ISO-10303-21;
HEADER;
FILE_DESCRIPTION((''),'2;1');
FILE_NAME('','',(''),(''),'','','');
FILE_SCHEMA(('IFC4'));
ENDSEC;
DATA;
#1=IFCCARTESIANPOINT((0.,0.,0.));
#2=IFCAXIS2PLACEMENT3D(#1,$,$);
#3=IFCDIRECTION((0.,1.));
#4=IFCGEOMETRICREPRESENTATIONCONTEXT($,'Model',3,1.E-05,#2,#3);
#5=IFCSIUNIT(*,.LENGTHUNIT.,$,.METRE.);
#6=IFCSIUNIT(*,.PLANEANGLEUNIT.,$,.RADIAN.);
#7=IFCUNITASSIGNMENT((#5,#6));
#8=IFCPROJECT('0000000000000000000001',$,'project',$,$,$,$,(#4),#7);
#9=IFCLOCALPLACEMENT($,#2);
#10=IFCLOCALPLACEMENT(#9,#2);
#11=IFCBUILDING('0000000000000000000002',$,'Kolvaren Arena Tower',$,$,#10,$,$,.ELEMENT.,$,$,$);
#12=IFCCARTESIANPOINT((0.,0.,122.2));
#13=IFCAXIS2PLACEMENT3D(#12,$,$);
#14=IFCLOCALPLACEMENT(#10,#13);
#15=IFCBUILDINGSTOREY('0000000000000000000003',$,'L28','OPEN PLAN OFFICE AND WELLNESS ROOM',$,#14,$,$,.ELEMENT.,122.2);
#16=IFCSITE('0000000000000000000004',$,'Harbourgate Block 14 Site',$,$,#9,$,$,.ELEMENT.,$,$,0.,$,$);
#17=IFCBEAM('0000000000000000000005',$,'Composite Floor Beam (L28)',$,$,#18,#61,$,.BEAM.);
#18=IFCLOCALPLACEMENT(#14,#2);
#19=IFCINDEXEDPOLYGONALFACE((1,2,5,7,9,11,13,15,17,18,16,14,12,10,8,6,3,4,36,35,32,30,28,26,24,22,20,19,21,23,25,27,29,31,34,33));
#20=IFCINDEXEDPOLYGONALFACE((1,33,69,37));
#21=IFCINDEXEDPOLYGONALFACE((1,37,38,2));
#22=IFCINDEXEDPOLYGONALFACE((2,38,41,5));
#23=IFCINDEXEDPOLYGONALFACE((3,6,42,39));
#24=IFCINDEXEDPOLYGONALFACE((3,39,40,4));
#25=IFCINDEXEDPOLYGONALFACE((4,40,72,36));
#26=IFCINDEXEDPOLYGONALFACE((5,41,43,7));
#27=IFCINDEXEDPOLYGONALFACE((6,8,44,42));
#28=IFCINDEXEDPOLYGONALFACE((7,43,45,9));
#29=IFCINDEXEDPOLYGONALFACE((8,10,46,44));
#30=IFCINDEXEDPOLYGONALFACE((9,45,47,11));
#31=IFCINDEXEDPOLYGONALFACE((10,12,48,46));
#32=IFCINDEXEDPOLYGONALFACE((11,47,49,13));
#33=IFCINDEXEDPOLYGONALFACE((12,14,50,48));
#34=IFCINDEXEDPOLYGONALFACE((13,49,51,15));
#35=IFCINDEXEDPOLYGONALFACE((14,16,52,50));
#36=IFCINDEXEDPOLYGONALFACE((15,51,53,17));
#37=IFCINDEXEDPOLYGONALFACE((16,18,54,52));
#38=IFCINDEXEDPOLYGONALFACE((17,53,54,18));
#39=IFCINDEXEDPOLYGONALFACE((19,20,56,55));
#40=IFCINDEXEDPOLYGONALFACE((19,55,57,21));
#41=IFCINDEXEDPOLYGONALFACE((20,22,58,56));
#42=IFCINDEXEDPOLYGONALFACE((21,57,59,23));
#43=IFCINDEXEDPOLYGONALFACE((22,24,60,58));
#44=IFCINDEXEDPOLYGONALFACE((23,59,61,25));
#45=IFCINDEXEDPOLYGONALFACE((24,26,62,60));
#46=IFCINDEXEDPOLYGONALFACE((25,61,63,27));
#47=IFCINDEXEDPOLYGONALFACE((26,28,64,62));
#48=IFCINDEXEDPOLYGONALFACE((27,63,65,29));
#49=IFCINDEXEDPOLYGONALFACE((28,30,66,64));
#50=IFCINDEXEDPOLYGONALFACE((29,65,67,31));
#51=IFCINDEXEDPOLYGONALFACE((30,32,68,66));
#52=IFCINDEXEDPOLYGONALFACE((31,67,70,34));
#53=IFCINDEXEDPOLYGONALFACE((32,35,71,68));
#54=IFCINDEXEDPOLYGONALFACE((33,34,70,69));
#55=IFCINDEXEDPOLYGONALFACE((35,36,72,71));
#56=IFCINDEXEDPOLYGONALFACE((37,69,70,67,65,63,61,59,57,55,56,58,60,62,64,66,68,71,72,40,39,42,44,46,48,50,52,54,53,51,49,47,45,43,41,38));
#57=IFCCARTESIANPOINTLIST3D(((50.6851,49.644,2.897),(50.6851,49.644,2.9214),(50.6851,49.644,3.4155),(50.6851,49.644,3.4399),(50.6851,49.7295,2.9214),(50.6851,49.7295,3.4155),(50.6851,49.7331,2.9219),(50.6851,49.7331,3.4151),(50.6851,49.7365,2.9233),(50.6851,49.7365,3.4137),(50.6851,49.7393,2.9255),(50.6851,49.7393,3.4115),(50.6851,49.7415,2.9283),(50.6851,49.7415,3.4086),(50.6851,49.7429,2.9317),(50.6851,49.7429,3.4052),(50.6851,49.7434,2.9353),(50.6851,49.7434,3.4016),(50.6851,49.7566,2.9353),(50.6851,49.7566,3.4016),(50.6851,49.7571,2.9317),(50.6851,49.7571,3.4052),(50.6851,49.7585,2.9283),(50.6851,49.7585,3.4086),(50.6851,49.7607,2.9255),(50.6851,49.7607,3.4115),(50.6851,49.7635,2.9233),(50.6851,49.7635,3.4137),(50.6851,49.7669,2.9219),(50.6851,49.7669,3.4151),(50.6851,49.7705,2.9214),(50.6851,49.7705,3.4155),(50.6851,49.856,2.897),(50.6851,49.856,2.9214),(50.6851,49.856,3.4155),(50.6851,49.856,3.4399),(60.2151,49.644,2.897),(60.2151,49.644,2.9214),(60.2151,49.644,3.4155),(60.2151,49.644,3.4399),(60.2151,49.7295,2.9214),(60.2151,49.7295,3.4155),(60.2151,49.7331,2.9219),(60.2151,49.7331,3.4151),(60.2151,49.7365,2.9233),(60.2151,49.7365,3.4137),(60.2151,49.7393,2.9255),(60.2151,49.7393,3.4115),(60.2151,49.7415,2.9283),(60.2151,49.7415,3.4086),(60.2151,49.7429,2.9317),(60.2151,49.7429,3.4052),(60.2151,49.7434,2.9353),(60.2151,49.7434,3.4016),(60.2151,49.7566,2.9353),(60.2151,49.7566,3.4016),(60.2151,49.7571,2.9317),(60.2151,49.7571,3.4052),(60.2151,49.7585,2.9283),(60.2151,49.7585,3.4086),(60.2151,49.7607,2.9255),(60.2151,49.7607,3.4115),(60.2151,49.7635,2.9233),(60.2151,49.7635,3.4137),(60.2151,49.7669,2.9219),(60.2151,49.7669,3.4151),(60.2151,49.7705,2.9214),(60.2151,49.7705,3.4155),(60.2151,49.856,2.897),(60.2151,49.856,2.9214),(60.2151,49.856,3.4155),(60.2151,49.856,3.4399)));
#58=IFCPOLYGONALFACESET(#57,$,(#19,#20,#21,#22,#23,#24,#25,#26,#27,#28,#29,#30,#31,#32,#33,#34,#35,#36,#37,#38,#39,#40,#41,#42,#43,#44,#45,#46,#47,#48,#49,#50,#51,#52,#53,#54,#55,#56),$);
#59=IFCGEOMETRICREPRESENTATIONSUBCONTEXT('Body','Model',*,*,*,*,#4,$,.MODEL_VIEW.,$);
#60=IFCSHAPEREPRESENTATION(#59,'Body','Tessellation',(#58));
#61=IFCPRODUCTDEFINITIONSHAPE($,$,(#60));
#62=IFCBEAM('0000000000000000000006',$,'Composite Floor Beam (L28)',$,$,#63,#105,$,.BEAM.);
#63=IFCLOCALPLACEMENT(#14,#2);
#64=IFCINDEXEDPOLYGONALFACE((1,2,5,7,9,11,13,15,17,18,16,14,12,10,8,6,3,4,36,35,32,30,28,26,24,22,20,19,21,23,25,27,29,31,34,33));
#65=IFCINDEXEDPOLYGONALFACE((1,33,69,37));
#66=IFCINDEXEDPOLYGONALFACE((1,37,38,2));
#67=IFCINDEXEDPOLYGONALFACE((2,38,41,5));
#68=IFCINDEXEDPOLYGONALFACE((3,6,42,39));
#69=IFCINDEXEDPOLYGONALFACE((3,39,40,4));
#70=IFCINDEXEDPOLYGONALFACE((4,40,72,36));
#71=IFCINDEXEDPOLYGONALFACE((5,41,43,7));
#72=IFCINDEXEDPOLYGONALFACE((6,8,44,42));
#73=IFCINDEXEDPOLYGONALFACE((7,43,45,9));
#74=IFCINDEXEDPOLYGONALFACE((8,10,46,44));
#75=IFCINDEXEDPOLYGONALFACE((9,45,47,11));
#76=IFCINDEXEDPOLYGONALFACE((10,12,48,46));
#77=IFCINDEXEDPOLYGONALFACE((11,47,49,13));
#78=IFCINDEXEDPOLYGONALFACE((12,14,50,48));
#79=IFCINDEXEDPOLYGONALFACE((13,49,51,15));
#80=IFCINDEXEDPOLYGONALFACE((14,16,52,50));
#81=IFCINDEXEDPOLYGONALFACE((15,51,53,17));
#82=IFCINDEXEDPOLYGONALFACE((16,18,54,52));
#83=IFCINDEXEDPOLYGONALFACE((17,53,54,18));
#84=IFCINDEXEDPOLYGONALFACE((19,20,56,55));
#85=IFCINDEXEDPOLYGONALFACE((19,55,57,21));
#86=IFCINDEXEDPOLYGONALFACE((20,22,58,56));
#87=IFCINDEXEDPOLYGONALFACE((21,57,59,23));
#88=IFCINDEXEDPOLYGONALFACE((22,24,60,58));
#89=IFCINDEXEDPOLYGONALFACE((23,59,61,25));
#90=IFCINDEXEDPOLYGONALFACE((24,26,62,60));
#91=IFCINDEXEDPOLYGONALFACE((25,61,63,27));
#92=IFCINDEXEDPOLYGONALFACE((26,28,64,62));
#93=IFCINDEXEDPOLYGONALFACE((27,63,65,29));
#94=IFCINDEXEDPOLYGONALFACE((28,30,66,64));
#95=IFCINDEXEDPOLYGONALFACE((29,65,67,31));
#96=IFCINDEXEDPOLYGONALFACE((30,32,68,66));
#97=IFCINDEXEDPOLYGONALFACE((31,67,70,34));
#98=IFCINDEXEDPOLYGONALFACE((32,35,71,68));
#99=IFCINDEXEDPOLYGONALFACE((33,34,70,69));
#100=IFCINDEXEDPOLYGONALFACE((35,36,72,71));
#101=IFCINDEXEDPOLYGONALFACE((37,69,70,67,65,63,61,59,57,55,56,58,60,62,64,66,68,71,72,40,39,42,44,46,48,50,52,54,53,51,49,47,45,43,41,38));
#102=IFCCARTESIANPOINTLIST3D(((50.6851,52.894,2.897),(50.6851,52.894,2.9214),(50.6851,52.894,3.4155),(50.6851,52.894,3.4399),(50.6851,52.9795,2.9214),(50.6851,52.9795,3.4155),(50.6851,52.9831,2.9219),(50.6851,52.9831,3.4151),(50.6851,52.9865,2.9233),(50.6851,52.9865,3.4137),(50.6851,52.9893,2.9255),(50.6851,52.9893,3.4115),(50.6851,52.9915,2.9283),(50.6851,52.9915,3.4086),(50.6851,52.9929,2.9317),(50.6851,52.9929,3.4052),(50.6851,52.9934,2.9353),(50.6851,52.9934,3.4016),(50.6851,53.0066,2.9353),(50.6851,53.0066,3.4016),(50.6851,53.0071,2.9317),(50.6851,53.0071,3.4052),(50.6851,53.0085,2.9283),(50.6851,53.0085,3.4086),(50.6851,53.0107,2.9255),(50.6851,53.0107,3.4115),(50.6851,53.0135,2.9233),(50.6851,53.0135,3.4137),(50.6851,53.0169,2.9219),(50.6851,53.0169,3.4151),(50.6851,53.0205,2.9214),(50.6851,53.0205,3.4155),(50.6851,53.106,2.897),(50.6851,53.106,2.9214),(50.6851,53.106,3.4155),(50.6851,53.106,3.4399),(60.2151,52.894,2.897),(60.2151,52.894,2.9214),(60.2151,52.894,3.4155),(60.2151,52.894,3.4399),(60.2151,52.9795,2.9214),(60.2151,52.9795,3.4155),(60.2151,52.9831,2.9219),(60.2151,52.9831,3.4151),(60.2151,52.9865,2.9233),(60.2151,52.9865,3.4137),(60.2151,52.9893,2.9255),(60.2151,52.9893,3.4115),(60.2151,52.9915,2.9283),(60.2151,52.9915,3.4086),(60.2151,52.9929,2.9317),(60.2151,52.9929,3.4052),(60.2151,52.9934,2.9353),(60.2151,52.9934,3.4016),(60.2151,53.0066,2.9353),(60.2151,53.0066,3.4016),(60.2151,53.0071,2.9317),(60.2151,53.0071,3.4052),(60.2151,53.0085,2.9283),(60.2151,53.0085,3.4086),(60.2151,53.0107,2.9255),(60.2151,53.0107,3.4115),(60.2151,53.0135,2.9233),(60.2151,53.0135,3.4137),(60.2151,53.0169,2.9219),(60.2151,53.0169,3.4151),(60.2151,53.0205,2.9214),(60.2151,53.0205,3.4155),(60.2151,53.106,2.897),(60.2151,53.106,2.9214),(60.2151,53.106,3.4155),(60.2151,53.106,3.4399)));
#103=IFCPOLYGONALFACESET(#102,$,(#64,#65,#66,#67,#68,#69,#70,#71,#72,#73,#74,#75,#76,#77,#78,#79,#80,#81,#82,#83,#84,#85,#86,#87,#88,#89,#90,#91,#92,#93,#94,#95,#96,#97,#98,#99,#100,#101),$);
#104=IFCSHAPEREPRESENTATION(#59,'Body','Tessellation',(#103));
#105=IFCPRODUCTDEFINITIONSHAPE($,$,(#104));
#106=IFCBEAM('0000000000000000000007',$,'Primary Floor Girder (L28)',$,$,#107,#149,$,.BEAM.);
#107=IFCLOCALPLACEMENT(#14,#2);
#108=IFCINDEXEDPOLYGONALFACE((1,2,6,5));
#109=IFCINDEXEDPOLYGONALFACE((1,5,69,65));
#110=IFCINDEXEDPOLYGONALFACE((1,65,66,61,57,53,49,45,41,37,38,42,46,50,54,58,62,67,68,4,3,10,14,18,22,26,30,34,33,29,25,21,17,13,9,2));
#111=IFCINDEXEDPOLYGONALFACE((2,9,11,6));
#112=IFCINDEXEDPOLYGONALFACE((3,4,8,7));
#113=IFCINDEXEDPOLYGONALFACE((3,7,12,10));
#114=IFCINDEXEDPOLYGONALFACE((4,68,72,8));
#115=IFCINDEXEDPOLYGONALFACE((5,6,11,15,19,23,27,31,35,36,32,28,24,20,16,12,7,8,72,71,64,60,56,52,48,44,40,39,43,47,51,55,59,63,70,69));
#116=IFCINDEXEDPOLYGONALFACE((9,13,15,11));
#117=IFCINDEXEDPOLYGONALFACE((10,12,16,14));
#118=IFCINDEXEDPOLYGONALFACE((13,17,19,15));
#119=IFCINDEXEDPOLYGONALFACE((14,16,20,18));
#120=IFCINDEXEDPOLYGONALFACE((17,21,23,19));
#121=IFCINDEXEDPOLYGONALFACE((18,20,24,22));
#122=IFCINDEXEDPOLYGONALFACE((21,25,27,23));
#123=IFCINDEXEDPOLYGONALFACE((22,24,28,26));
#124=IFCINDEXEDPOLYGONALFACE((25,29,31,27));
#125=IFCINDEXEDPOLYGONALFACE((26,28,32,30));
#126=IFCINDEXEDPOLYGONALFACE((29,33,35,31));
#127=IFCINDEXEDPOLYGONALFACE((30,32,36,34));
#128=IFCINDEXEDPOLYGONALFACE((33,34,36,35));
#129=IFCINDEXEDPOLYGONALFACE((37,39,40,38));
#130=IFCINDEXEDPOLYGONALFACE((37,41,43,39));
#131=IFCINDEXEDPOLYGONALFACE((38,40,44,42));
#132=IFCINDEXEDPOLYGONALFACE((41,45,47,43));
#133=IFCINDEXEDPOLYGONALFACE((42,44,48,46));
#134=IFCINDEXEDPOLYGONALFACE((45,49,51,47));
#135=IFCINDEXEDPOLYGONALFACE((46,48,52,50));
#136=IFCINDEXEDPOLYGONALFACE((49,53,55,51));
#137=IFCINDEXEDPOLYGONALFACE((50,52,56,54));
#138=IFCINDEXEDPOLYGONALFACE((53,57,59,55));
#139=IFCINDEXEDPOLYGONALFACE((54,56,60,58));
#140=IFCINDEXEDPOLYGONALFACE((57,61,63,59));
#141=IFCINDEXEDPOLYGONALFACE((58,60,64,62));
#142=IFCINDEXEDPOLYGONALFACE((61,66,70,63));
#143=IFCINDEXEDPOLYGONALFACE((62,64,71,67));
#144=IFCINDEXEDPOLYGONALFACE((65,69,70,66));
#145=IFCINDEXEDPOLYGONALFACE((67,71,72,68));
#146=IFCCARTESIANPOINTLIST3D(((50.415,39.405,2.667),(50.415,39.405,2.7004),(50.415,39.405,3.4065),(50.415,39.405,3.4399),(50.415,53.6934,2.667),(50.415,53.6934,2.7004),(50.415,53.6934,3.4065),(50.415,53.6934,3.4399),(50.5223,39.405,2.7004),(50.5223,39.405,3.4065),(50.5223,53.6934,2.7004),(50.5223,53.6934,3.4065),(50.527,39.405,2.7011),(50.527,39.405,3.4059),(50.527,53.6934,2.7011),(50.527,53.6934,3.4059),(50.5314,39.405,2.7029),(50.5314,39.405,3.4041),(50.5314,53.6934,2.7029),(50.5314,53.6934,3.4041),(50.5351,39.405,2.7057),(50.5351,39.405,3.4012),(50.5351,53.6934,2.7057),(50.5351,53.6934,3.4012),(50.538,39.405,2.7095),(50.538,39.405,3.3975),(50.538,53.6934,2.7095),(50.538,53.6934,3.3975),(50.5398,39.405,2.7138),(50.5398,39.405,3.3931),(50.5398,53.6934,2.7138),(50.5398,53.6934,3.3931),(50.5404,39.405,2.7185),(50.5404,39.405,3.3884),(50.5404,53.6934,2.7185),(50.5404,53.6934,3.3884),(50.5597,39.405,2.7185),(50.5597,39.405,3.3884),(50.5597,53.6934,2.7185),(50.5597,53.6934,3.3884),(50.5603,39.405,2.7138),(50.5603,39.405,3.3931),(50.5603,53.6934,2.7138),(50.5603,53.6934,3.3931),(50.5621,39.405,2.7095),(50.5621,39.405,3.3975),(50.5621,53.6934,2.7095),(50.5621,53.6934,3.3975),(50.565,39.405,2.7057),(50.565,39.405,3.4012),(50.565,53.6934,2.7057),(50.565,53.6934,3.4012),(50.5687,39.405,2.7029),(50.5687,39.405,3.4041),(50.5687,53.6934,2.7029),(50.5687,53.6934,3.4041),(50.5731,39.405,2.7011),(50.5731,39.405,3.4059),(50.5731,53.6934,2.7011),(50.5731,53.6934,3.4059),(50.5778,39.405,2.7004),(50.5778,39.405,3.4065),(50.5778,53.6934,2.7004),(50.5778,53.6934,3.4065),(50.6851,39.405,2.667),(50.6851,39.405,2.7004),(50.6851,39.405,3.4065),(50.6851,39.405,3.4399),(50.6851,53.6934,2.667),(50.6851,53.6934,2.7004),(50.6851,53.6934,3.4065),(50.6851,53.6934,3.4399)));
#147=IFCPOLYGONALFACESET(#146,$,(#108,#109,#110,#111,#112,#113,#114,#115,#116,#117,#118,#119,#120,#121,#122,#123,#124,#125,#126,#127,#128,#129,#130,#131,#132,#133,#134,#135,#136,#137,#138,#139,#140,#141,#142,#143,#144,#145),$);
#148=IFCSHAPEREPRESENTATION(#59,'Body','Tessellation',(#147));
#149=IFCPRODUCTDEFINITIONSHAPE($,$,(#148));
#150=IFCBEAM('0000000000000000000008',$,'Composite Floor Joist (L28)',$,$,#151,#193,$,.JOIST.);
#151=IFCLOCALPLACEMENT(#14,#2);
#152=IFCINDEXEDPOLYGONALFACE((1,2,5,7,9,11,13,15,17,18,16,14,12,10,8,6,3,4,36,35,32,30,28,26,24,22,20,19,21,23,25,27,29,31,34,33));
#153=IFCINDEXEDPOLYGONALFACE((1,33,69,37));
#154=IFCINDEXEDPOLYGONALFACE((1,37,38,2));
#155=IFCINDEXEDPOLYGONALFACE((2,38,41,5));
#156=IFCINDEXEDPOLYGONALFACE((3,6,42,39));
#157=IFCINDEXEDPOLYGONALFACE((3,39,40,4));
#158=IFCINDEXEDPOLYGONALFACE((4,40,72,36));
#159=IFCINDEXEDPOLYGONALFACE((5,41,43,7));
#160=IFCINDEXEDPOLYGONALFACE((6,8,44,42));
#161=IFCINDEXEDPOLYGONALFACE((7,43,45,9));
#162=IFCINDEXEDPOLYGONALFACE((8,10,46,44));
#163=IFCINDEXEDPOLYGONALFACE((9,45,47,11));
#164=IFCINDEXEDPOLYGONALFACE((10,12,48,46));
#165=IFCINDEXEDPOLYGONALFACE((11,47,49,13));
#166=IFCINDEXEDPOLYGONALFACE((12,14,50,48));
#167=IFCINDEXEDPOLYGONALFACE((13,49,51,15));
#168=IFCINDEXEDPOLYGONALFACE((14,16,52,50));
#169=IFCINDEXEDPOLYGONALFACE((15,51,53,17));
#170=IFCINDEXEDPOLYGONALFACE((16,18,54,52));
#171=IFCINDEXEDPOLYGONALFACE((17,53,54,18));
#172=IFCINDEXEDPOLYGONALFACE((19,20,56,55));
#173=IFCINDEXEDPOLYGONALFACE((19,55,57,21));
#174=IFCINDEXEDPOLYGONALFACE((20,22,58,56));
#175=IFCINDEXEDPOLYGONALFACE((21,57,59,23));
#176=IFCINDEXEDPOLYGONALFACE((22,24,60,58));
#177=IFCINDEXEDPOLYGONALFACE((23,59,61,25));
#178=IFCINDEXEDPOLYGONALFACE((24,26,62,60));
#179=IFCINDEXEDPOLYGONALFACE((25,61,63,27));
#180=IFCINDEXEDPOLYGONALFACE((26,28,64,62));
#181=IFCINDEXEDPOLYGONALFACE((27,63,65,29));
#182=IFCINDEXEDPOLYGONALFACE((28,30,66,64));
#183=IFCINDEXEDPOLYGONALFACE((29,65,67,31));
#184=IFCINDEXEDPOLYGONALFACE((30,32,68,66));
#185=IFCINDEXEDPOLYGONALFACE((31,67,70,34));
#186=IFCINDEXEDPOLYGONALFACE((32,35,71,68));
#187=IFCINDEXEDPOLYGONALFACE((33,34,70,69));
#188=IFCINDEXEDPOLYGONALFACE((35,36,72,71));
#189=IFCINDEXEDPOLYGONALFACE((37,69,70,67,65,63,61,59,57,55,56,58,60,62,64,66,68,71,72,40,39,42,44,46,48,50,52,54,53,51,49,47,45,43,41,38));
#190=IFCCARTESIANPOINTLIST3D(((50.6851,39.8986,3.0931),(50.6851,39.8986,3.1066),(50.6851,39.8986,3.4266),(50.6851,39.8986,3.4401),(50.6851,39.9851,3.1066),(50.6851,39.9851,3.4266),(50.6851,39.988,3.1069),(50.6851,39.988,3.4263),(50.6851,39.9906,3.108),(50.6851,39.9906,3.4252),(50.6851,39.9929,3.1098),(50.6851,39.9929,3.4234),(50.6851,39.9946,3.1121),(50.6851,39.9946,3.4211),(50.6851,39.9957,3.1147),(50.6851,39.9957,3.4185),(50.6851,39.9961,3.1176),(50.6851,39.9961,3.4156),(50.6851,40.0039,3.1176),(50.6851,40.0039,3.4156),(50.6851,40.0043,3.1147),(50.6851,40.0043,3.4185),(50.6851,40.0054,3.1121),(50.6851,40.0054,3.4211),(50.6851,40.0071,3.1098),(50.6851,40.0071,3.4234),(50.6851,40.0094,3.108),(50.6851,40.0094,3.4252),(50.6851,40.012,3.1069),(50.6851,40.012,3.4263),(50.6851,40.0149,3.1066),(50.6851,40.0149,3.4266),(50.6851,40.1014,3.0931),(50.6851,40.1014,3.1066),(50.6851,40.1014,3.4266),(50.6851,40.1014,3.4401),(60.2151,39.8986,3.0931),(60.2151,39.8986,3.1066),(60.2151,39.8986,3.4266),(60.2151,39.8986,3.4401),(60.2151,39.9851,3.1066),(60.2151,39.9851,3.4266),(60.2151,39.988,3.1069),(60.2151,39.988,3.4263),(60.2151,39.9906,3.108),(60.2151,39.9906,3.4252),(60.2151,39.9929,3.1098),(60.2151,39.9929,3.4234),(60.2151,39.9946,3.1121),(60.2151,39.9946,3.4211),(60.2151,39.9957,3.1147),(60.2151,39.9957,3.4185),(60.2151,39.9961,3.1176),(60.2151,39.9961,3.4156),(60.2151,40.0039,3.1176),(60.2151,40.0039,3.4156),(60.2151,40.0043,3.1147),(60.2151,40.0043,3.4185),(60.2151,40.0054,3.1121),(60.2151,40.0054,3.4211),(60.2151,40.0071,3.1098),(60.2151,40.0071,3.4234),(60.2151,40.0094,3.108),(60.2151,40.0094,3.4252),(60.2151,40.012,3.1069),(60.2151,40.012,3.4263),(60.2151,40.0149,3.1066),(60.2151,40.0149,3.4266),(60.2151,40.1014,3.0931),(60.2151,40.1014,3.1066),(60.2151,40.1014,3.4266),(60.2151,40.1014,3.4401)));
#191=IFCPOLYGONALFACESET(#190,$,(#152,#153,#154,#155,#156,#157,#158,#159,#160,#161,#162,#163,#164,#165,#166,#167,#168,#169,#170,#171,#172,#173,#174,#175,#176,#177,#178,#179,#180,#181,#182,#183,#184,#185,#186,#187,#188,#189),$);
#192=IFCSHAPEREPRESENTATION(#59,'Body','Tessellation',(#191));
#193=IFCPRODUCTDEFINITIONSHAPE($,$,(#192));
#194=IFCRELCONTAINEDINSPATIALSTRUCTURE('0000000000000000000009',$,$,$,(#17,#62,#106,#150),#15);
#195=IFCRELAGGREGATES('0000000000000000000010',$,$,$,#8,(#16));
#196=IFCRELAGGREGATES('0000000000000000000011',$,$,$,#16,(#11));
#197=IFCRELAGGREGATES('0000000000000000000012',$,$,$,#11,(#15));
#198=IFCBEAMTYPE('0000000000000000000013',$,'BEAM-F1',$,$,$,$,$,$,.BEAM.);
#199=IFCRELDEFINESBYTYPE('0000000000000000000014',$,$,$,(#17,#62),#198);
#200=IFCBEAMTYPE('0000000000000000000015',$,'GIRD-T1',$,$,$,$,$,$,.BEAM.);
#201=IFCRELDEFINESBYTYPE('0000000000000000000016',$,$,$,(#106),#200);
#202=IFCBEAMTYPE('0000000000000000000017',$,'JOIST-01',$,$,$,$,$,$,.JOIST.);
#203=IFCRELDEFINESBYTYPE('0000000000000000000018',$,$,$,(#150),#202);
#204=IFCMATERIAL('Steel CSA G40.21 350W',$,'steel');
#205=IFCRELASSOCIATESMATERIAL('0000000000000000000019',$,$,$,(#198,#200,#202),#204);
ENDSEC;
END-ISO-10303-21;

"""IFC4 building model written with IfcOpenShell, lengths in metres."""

from ifc_helpers import new_model, si_unit, direction, frame, origin, origin_2d, place, context, subcontext, project, spatial, i_section, extrude, material, material_profile, profile_set, type_object, element, save


model = new_model("IFC4")

# Units and contexts
model_context = context("Model", 3, precision=1e-05, world=origin(), true_north=direction((0.0, 1.0)))
body_context = subcontext(model_context, "Body", "Model", "MODEL_VIEW")
ifc_project = project(units=[si_unit("LENGTHUNIT", "METRE"), si_unit("PLANEANGLEUNIT", "RADIAN")], contexts=[model_context])

# Site, building, storey
site_placement = place(None, origin())
site = spatial("IfcSite", under=ifc_project, at=site_placement, Name="Harbourgate Block 14 Site", CompositionType="ELEMENT", RefElevation=0.0)
building_placement = place(site_placement, origin())
building = spatial("IfcBuilding", under=site, at=building_placement, Name="Kolvaren Arena Tower", CompositionType="ELEMENT")
storey_placement = place(building_placement, frame((0.0, 0.0, 122.2)))
storey = spatial("IfcBuildingStorey", under=building, at=storey_placement, Name="L28", Description="OPEN PLAN OFFICE AND WELLNESS ROOM", CompositionType="ELEMENT", Elevation=122.2)

# Beams
ifc_material_1 = material(Name="Steel CSA G40.21 350W", Category="steel")
ifc_material_profile_1 = material_profile(ifc_material_1, i_section(OverallWidth=0.2119, OverallDepth=0.543, WebThickness=0.0132, FlangeThickness=0.0244, FilletRadius=0.0139, at=origin_2d()), Name="W530x150")
ifc_profile_set_1 = profile_set([ifc_material_profile_1], Name="Steel CSA G40.21 350W")
beam_type_1 = type_object("IfcBeamType", Name="BEAM-F1", PredefinedType="BEAM", material=ifc_profile_set_1)
for number, where, z_axis, x_axis, name in (
    (1, (50.6851, 49.75, 3.1685), (1.0, 0.0, 0.0), (0.0, 1.0, 0.0), "Composite Floor Beam (L28)"),
    (2, (50.6851, 53.0, 3.1685), (1.0, 0.0, 0.0), (0.0, 1.0, 0.0), "Composite Floor Beam (L28)"),
):
    element("IfcBeam", number, at=place(storey_placement, frame(where, z_axis=z_axis, x_axis=x_axis)), inside=storey, type_object=beam_type_1, Name=name, PredefinedType="BEAM", context=body_context, shape_type="SweptSolid", body=[
        extrude(i_section(OverallWidth=0.2119, OverallDepth=0.543, WebThickness=0.0132, FlangeThickness=0.0244, FilletRadius=0.0139, at=origin_2d()), origin(), (0.0, 0.0, 1.0), 9.53),
    ])
ifc_material_profile_2 = material_profile(ifc_material_1, i_section(OverallWidth=0.27, OverallDepth=0.7729, WebThickness=0.0193, FlangeThickness=0.0334, FilletRadius=0.0181, at=origin_2d()), Name="W760x257")
ifc_profile_set_2 = profile_set([ifc_material_profile_2], Name="Steel CSA G40.21 350W")
beam_type_2 = type_object("IfcBeamType", Name="GIRD-T1", PredefinedType="BEAM", material=ifc_profile_set_2)
beam_1_placement = place(storey_placement, frame((50.55, 39.405, 3.0535), z_axis=(0.0, 1.0, 0.0), x_axis=(-1.0, 0.0, 0.0)))
element("IfcBeam", 3, at=beam_1_placement, inside=storey, type_object=beam_type_2, Name="Primary Floor Girder (L28)", PredefinedType="BEAM", context=body_context, shape_type="SweptSolid", body=[
    extrude(i_section(OverallWidth=0.27, OverallDepth=0.7729, WebThickness=0.0193, FlangeThickness=0.0334, FilletRadius=0.0181, at=origin_2d()), origin(), (0.0, 0.0, 1.0), 14.2883),
])
ifc_material_profile_3 = material_profile(ifc_material_1, i_section(OverallWidth=0.2029, OverallDepth=0.3469, WebThickness=0.0078, FlangeThickness=0.0134, FilletRadius=0.011, at=origin_2d()), Name="W360x64")
ifc_profile_set_3 = profile_set([ifc_material_profile_3], Name="Steel CSA G40.21 350W")
beam_type_3 = type_object("IfcBeamType", Name="JOIST-01", PredefinedType="JOIST", material=ifc_profile_set_3)
beam_2_placement = place(storey_placement, frame((50.6851, 40.0, 3.2666), z_axis=(1.0, 0.0, 0.0), x_axis=(0.0, 1.0, 0.0)))
element("IfcBeam", 4, at=beam_2_placement, inside=storey, type_object=beam_type_3, Name="Composite Floor Joist (L28)", PredefinedType="JOIST", context=body_context, shape_type="SweptSolid", body=[
    extrude(i_section(OverallWidth=0.2029, OverallDepth=0.3469, WebThickness=0.0078, FlangeThickness=0.0134, FilletRadius=0.011, at=origin_2d()), origin(), (0.0, 0.0, 1.0), 9.53),
])

save(model, "model.ifc")
